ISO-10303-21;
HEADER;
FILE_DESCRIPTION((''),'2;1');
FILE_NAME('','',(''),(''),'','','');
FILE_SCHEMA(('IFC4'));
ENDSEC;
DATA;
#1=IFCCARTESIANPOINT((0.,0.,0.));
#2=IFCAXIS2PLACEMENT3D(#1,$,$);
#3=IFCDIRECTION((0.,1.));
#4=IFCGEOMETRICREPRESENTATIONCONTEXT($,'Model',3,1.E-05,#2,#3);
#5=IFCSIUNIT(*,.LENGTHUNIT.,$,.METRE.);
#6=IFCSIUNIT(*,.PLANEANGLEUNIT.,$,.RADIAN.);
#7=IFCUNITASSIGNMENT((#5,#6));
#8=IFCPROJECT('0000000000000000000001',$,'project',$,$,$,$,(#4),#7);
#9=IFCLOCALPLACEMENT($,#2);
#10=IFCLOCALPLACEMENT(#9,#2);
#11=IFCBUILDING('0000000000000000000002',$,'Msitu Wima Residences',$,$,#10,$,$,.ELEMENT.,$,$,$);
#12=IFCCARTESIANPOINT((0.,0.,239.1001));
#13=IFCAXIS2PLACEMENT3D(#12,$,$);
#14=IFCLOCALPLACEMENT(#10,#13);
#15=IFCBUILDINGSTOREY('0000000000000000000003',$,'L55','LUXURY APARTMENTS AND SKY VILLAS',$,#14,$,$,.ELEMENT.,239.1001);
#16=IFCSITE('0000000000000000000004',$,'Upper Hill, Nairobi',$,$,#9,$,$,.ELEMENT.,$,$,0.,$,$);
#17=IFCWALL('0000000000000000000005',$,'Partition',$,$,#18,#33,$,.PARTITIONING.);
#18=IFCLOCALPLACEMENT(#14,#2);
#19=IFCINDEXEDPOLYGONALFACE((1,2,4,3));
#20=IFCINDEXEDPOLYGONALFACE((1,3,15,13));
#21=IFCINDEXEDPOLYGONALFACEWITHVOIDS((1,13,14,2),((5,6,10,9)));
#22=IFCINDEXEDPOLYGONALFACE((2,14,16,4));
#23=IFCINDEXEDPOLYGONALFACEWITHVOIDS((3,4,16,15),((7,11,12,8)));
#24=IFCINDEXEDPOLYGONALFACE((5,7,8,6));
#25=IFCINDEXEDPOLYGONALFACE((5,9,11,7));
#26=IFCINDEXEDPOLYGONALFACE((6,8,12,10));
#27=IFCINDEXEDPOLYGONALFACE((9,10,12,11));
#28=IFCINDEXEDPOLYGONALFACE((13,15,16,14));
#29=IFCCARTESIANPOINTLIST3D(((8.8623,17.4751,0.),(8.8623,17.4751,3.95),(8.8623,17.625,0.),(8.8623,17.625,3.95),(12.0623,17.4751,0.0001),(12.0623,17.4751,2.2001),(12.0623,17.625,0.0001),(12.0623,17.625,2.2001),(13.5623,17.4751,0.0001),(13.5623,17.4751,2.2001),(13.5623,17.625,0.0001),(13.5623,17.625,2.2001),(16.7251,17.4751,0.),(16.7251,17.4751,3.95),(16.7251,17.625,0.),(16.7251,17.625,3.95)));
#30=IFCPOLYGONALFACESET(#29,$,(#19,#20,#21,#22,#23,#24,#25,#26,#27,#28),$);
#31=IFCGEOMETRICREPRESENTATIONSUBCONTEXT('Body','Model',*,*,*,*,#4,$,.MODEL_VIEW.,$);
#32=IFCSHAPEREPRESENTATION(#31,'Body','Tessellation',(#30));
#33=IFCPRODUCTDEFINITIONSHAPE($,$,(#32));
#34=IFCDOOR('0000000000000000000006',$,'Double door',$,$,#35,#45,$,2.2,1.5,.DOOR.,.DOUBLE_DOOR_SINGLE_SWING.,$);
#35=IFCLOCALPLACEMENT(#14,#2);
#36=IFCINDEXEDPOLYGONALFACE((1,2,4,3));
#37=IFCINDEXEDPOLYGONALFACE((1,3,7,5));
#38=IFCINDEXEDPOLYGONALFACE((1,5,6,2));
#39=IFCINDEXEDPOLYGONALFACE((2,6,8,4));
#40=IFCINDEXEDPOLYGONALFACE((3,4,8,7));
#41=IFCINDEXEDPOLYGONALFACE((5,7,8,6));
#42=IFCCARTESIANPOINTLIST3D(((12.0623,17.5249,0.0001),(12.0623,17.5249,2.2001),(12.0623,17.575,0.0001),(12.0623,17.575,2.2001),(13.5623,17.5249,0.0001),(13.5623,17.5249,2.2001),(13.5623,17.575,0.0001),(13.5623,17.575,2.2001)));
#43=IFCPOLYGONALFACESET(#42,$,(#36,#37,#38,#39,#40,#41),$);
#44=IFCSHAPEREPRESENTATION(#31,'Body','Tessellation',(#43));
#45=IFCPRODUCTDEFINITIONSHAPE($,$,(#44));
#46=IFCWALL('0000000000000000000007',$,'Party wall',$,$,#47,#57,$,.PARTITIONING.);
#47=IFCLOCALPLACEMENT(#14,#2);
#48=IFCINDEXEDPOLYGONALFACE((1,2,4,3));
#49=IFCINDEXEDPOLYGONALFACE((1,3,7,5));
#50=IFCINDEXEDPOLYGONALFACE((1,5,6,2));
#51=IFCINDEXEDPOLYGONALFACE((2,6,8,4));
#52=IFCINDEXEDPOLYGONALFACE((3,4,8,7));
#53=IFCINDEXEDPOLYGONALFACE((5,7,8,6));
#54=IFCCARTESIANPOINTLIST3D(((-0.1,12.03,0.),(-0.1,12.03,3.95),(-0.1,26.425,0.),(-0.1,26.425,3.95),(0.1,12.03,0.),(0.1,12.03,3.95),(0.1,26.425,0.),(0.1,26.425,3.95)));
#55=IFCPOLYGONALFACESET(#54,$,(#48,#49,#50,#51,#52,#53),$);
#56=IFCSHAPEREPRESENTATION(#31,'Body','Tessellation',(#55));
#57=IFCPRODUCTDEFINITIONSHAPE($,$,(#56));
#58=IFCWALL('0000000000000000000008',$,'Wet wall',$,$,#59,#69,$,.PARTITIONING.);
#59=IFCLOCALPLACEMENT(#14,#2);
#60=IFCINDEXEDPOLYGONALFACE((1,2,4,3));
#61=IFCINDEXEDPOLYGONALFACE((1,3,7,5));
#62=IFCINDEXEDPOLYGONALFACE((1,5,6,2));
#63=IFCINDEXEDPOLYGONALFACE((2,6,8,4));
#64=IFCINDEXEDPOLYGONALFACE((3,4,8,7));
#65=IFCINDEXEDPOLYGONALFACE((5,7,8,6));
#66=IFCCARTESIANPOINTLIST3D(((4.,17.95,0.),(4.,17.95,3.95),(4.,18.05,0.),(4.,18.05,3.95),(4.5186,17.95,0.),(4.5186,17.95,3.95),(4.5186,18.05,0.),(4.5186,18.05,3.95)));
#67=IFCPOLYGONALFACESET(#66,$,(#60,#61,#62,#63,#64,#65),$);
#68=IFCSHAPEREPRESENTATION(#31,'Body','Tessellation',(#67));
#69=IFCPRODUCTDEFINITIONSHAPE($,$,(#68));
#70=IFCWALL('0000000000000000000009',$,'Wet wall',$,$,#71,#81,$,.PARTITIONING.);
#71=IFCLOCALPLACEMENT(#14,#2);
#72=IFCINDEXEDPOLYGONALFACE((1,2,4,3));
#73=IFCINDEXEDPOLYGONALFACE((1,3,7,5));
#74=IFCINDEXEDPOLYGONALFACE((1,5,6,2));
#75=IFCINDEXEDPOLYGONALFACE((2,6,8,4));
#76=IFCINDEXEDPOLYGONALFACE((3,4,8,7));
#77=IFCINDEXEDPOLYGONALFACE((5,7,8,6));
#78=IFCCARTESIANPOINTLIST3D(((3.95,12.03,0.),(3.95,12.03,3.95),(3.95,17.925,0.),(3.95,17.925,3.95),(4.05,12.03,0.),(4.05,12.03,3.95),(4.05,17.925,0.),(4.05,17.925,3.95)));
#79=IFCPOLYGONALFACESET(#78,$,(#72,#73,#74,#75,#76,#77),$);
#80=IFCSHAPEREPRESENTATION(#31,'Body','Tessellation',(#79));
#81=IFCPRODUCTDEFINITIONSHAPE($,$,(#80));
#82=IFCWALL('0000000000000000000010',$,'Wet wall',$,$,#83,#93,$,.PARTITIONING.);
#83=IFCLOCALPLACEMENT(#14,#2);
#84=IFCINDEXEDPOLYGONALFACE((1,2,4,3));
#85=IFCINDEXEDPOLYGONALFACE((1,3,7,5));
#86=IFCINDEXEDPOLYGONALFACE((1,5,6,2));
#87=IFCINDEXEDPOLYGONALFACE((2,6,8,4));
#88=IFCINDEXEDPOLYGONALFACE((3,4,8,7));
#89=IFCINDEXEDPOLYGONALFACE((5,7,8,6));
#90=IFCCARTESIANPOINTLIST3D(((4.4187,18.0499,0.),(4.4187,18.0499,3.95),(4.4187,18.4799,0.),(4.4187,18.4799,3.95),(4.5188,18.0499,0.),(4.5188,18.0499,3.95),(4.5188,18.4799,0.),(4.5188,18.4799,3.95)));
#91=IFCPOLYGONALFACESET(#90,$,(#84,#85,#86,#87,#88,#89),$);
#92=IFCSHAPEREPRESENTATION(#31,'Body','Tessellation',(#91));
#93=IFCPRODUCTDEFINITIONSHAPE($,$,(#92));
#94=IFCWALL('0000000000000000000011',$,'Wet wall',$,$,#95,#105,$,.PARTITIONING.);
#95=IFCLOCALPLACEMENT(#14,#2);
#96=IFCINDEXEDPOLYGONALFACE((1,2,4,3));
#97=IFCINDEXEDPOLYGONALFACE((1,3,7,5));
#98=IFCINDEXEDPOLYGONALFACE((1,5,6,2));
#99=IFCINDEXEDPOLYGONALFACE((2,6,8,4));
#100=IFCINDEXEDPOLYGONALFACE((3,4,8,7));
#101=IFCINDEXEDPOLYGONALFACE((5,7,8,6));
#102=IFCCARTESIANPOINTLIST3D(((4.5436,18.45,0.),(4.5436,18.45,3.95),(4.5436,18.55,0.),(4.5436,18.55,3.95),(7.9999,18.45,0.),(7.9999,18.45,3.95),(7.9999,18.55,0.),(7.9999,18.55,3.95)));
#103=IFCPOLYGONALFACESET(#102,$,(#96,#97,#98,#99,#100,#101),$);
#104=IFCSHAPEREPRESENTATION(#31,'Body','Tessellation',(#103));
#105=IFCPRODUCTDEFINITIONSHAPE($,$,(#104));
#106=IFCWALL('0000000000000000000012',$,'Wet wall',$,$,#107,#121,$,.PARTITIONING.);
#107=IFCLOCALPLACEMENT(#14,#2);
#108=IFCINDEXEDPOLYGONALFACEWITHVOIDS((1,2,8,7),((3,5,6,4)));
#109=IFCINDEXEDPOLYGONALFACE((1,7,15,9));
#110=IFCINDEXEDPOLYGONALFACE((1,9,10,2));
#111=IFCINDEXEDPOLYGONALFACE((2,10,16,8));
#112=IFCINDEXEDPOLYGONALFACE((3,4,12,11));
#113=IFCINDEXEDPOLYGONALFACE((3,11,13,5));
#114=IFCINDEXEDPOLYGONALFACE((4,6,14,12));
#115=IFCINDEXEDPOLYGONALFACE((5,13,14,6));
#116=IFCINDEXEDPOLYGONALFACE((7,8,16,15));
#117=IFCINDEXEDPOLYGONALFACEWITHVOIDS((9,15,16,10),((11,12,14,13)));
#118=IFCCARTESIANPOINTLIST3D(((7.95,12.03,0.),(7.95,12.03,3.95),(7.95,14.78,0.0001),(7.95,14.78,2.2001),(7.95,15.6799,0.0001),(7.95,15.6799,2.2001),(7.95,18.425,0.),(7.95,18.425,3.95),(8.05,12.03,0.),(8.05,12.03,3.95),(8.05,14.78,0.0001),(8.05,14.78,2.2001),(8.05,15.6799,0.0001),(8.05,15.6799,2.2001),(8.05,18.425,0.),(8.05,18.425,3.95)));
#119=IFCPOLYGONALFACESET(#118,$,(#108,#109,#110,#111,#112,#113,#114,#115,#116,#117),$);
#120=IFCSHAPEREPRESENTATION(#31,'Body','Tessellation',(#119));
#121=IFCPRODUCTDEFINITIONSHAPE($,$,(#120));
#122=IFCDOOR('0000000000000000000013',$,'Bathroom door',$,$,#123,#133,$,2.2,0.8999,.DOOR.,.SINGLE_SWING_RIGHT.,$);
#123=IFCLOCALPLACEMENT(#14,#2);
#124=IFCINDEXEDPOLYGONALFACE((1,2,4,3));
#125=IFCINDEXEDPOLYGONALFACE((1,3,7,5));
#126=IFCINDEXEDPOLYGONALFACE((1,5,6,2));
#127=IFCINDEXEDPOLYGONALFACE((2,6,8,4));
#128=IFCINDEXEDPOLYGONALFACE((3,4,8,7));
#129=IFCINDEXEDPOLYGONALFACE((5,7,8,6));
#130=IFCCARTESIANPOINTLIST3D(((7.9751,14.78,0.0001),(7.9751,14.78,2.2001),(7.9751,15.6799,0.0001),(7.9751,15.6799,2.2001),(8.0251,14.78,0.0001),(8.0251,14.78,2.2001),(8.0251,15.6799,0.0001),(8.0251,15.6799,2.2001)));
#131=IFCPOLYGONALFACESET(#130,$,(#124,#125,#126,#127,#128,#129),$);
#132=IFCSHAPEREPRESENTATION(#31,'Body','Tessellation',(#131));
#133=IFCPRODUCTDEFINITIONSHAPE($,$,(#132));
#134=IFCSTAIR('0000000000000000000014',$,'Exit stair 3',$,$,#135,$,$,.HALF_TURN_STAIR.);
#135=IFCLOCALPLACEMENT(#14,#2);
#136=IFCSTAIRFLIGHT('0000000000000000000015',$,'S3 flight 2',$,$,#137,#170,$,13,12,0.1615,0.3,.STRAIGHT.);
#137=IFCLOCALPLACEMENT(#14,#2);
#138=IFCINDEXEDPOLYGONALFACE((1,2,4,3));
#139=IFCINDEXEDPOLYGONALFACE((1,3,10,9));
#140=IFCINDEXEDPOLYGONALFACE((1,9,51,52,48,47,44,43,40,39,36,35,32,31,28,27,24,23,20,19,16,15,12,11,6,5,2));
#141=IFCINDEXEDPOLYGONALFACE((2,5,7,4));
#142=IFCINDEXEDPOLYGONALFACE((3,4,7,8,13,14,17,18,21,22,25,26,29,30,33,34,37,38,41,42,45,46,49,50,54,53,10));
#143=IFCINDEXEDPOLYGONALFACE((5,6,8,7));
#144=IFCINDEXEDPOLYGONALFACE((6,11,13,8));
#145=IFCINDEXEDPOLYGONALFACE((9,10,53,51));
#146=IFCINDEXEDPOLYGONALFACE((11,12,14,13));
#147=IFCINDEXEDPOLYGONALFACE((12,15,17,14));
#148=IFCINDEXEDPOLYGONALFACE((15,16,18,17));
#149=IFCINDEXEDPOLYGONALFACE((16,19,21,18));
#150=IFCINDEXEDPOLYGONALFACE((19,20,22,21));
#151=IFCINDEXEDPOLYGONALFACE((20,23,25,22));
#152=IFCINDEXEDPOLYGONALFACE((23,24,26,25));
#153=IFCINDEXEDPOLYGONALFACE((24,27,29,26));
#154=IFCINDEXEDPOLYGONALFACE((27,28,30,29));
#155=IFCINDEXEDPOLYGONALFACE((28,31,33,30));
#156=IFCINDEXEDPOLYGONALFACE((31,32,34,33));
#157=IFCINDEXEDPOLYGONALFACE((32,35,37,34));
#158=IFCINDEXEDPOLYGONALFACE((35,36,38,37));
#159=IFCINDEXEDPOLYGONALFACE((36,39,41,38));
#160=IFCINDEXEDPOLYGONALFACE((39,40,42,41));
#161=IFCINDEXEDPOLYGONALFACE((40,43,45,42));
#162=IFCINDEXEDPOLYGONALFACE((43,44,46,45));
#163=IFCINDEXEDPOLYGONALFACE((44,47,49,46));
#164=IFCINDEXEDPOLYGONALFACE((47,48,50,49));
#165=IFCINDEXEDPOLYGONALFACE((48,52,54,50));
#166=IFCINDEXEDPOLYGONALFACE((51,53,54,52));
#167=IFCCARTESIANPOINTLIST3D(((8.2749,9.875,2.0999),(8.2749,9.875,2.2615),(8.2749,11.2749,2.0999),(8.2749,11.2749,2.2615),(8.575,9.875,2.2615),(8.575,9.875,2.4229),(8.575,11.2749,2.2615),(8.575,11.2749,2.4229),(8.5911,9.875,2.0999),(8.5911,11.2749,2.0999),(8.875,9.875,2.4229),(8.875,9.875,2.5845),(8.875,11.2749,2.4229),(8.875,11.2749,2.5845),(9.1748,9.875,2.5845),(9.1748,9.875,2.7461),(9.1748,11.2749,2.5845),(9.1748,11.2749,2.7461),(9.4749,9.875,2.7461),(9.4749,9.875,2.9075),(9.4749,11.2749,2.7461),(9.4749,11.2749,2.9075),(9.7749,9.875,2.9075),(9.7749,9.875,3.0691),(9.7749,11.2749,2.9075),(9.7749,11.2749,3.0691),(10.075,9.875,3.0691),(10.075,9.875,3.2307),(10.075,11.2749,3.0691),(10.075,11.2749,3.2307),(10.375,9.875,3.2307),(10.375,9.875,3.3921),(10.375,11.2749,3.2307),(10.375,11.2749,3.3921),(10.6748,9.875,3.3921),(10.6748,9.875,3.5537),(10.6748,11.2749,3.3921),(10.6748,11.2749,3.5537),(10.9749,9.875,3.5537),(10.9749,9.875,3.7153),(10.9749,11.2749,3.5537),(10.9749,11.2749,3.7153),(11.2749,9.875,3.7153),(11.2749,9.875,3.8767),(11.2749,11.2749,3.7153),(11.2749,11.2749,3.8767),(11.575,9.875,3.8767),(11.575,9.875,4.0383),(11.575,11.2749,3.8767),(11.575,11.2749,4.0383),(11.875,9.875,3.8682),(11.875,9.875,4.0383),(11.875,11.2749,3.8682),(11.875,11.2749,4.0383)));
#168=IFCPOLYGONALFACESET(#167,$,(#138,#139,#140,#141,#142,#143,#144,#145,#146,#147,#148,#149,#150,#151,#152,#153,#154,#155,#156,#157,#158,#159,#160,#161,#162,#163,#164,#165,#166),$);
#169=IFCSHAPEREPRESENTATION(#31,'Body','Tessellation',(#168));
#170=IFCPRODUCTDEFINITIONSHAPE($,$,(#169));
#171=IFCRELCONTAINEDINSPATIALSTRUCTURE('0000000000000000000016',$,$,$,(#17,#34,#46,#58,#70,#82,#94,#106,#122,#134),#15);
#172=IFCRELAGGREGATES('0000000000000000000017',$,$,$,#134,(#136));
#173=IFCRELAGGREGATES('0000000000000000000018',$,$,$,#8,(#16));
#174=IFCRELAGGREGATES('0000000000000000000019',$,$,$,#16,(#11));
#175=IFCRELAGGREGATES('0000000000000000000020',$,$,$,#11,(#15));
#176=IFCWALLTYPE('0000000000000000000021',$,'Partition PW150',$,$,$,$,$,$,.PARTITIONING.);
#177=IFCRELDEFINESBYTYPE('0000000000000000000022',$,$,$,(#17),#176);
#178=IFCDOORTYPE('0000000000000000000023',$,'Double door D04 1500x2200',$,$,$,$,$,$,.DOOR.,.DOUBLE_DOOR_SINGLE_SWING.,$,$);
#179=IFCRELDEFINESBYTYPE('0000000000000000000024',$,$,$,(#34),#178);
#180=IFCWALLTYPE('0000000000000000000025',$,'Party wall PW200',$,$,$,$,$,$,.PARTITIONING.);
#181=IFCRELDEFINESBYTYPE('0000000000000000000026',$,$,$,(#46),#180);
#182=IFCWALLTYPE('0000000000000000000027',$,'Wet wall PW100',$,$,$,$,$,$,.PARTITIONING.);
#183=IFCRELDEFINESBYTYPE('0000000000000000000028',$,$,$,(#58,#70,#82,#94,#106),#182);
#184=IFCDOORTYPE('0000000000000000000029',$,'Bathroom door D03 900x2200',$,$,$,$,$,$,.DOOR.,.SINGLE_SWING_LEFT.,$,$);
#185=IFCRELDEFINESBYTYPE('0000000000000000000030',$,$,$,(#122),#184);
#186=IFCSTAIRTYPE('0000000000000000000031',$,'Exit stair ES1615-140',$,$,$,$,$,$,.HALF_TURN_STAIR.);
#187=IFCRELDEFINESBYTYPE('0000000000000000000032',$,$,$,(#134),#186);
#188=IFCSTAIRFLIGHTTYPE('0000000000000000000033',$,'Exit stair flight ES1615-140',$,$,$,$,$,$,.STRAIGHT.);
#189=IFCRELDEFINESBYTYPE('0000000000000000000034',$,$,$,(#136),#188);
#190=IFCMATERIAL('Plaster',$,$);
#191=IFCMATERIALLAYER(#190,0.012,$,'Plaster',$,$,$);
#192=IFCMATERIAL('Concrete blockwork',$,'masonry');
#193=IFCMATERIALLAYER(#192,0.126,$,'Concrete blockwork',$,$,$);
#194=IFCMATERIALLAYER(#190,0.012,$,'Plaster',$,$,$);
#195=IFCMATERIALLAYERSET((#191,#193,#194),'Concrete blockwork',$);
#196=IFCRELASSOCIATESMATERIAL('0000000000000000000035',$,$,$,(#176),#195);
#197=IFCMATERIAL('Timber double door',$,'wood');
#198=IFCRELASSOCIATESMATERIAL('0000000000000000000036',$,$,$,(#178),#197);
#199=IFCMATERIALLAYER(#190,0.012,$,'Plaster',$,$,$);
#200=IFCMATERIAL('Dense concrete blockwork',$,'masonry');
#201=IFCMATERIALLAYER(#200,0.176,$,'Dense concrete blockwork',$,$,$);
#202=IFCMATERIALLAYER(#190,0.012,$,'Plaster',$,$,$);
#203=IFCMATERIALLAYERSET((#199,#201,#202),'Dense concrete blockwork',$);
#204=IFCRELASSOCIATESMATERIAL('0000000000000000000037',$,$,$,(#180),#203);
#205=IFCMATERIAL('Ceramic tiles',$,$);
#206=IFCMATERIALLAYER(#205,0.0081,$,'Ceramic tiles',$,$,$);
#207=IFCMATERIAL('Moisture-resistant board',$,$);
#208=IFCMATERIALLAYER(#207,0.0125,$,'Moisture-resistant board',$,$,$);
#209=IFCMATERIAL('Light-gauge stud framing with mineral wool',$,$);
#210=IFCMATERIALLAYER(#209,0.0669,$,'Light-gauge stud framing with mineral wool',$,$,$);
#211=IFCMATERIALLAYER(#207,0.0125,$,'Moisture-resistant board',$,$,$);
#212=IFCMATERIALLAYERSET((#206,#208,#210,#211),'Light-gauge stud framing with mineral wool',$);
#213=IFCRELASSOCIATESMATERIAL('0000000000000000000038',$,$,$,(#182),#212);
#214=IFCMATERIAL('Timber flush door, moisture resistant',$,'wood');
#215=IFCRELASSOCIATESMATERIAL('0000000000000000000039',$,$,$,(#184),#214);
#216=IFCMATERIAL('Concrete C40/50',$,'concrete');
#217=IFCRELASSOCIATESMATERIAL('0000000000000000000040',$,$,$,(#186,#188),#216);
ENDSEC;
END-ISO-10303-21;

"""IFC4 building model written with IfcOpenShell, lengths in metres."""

from ifc_helpers import new_model, si_unit, direction, frame, frame_2d, origin, place, context, subcontext, project, spatial, polyline, rectangle, outline, extrude, material, layer, layer_set, type_object, element, fill, aggregate, save


model = new_model("IFC4")

# Units and contexts
model_context = context("Model", 3, precision=1e-05, world=origin(), true_north=direction((0.0, 1.0)))
body_context = subcontext(model_context, "Body", "Model", "MODEL_VIEW")
ifc_project = project(units=[si_unit("LENGTHUNIT", "METRE"), si_unit("PLANEANGLEUNIT", "RADIAN")], contexts=[model_context])

# Site, building, storey
site_placement = place(None, origin())
site = spatial("IfcSite", under=ifc_project, at=site_placement, Name="Upper Hill, Nairobi", CompositionType="ELEMENT", RefElevation=0.0)
building_placement = place(site_placement, origin())
building = spatial("IfcBuilding", under=site, at=building_placement, Name="Msitu Wima Residences", CompositionType="ELEMENT")
storey_placement = place(building_placement, frame((0.0, 0.0, 239.1001)))
storey = spatial("IfcBuildingStorey", under=building, at=storey_placement, Name="L55", Description="LUXURY APARTMENTS AND SKY VILLAS", CompositionType="ELEMENT", Elevation=239.1001)

# Shared definitions
ifc_material_1 = material(Name="Concrete C40/50", Category="concrete")

# Shared definitions
ifc_material_2 = material(Name="Plaster")
ifc_layer_1 = layer(ifc_material_2, 0.012, Name="Plaster")
ifc_material_3 = material(Name="Concrete blockwork", Category="masonry")
ifc_layer_2 = layer(ifc_material_3, 0.126, Name="Concrete blockwork")
ifc_layer_3 = layer(ifc_material_2, 0.012, Name="Plaster")
ifc_layer_set_1 = layer_set([ifc_layer_1, ifc_layer_2, ifc_layer_3], Name="Concrete blockwork")
wall_type_1 = type_object("IfcWallType", Name="Partition PW150", PredefinedType="PARTITIONING", material=ifc_layer_set_1)

# Wall, opening, door
ifc_material_4 = material(Name="Timber double door", Category="wood")
door_type_1 = type_object("IfcDoorType", Name="Double door D04 1500x2200", OperationType="DOUBLE_DOOR_SINGLE_SWING", PredefinedType="DOOR", material=ifc_material_4)
wall_1_placement = place(storey_placement, frame((8.8623, 17.55, 0.0), z_axis=(0.0, 0.0, 1.0), x_axis=(1.0, 0.0, 0.0)))
wall_1 = element("IfcWall", 1, at=wall_1_placement, inside=storey, type_object=wall_type_1, Name="Partition", PredefinedType="PARTITIONING", context=body_context, shape_type="SweptSolid", body=[
    extrude(rectangle(XDim=7.8628, YDim=0.1499, at=frame_2d((3.9314, 0.0))), origin(), (0.0, 0.0, 1.0), 3.95),
])
opening_1_placement = place(wall_1_placement, frame((3.2, 0.0, 0.0)))
opening_1 = element("IfcOpeningElement", 2, at=opening_1_placement, cuts=wall_1, PredefinedType="OPENING", context=body_context, shape_type="SweptSolid", body=[
    extrude(rectangle(XDim=1.5, YDim=2.2, at=frame_2d((0.75, 1.1001))), frame((0.0, 0.085, 0.0), z_axis=(0.0, -1.0, 0.0), x_axis=(1.0, 0.0, 0.0)), (0.0, 0.0, 1.0), 0.1699),
])
door_1_placement = place(opening_1_placement, origin())
door_1 = element("IfcDoor", 3, at=door_1_placement, inside=storey, type_object=door_type_1, Name="Double door", OperationType="DOUBLE_DOOR_SINGLE_SWING", OverallHeight=2.2, OverallWidth=1.5, PredefinedType="DOOR", context=body_context, shape_type="SweptSolid", body=[
    extrude(rectangle(XDim=1.5, YDim=2.2, at=frame_2d((0.75, 1.1001))), frame((0.0, 0.0249, 0.0), z_axis=(0.0, -1.0, 0.0), x_axis=(1.0, 0.0, 0.0)), (0.0, 0.0, 1.0), 0.05),
])
fill(opening_1, door_1)

# Walls
ifc_layer_4 = layer(ifc_material_2, 0.012, Name="Plaster")
ifc_material_5 = material(Name="Dense concrete blockwork", Category="masonry")
ifc_layer_5 = layer(ifc_material_5, 0.176, Name="Dense concrete blockwork")
ifc_layer_6 = layer(ifc_material_2, 0.012, Name="Plaster")
ifc_layer_set_2 = layer_set([ifc_layer_4, ifc_layer_5, ifc_layer_6], Name="Dense concrete blockwork")
wall_type_2 = type_object("IfcWallType", Name="Party wall PW200", PredefinedType="PARTITIONING", material=ifc_layer_set_2)
wall_2_placement = place(storey_placement, frame((0.0, 12.03, 0.0), z_axis=(0.0, 0.0, 1.0), x_axis=(0.0, 1.0, 0.0)))
element("IfcWall", 4, at=wall_2_placement, inside=storey, type_object=wall_type_2, Name="Party wall", PredefinedType="PARTITIONING", context=body_context, shape_type="SweptSolid", body=[
    extrude(rectangle(XDim=14.395, YDim=0.2, at=frame_2d((7.1975, 0.0))), origin(), (0.0, 0.0, 1.0), 3.95),
])
ifc_material_6 = material(Name="Ceramic tiles")
ifc_layer_7 = layer(ifc_material_6, 0.0081, Name="Ceramic tiles")
ifc_material_7 = material(Name="Moisture-resistant board")
ifc_layer_8 = layer(ifc_material_7, 0.0125, Name="Moisture-resistant board")
ifc_material_8 = material(Name="Light-gauge stud framing with mineral wool")
ifc_layer_9 = layer(ifc_material_8, 0.0669, Name="Light-gauge stud framing with mineral wool")
ifc_layer_10 = layer(ifc_material_7, 0.0125, Name="Moisture-resistant board")
ifc_layer_set_3 = layer_set([ifc_layer_7, ifc_layer_8, ifc_layer_9, ifc_layer_10], Name="Light-gauge stud framing with mineral wool")
wall_type_3 = type_object("IfcWallType", Name="Wet wall PW100", PredefinedType="PARTITIONING", material=ifc_layer_set_3)
wall_3_placement = place(storey_placement, frame((4.0, 18.0, 0.0), z_axis=(0.0, 0.0, 1.0), x_axis=(1.0, 0.0, 0.0)))
element("IfcWall", 5, at=wall_3_placement, inside=storey, type_object=wall_type_3, Name="Wet wall", PredefinedType="PARTITIONING", context=body_context, shape_type="SweptSolid", body=[
    extrude(rectangle(XDim=0.5186, YDim=0.1001, at=frame_2d((0.2593, 0.0))), origin(), (0.0, 0.0, 1.0), 3.95),
])
wall_4_placement = place(storey_placement, frame((4.0, 12.03, 0.0), z_axis=(0.0, 0.0, 1.0), x_axis=(0.0, 1.0, 0.0)))
element("IfcWall", 6, at=wall_4_placement, inside=storey, type_object=wall_type_3, Name="Wet wall", PredefinedType="PARTITIONING", context=body_context, shape_type="SweptSolid", body=[
    extrude(rectangle(XDim=5.895, YDim=0.1001, at=frame_2d((2.9475, 0.0))), origin(), (0.0, 0.0, 1.0), 3.95),
])
wall_5_placement = place(storey_placement, frame((4.4688, 18.05, 0.0), z_axis=(0.0, 0.0, 1.0), x_axis=(0.0, 1.0, 0.0)))
element("IfcWall", 7, at=wall_5_placement, inside=storey, type_object=wall_type_3, Name="Wet wall", PredefinedType="PARTITIONING", context=body_context, shape_type="SweptSolid", body=[
    extrude(rectangle(XDim=0.4299, YDim=0.1001, at=frame_2d((0.2148, 0.0))), origin(), (0.0, 0.0, 1.0), 3.95),
])
wall_6_placement = place(storey_placement, frame((4.5437, 18.5, 0.0), z_axis=(0.0, 0.0, 1.0), x_axis=(1.0, 0.0, 0.0)))
element("IfcWall", 8, at=wall_6_placement, inside=storey, type_object=wall_type_3, Name="Wet wall", PredefinedType="PARTITIONING", context=body_context, shape_type="SweptSolid", body=[
    extrude(rectangle(XDim=3.4563, YDim=0.1001, at=frame_2d((1.728, 0.0))), origin(), (0.0, 0.0, 1.0), 3.95),
])

# Wall, opening, door
wall_7_placement = place(storey_placement, frame((8.0, 12.03, 0.0), z_axis=(0.0, 0.0, 1.0), x_axis=(0.0, 1.0, 0.0)))
wall_7 = element("IfcWall", 9, at=wall_7_placement, inside=storey, type_object=wall_type_3, Name="Wet wall", PredefinedType="PARTITIONING", context=body_context, shape_type="SweptSolid", body=[
    extrude(rectangle(XDim=6.395, YDim=0.1001, at=frame_2d((3.1975, 0.0))), origin(), (0.0, 0.0, 1.0), 3.95),
])
opening_2_placement = place(wall_7_placement, frame((2.75, 0.0, 0.0)))
opening_2 = element("IfcOpeningElement", 10, at=opening_2_placement, cuts=wall_7, PredefinedType="OPENING", context=body_context, shape_type="SweptSolid", body=[
    extrude(rectangle(XDim=0.8999, YDim=2.2, at=frame_2d((0.45, 1.1001))), frame((0.0, 0.0601, 0.0), z_axis=(0.0, -1.0, 0.0), x_axis=(1.0, 0.0, 0.0)), (0.0, 0.0, 1.0), 0.1201),
])
ifc_material_9 = material(Name="Timber flush door, moisture resistant", Category="wood")
door_type_2 = type_object("IfcDoorType", Name="Bathroom door D03 900x2200", OperationType="SINGLE_SWING_LEFT", PredefinedType="DOOR", material=ifc_material_9)
door_2_placement = place(opening_2_placement, origin())
door_2 = element("IfcDoor", 11, at=door_2_placement, inside=storey, type_object=door_type_2, Name="Bathroom door", OperationType="SINGLE_SWING_RIGHT", OverallHeight=2.2, OverallWidth=0.8999, PredefinedType="DOOR", context=body_context, shape_type="SweptSolid", body=[
    extrude(rectangle(XDim=0.8999, YDim=2.2, at=frame_2d((0.45, 1.1001))), frame((0.0, 0.0249, 0.0), z_axis=(0.0, -1.0, 0.0), x_axis=(1.0, 0.0, 0.0)), (0.0, 0.0, 1.0), 0.05),
])
fill(opening_2, door_2)

# Stair, stair flight
stair_type = type_object("IfcStairType", Name="Exit stair ES1615-140", PredefinedType="HALF_TURN_STAIR", material=ifc_material_1)
stair_placement = place(storey_placement, origin())
stair = element("IfcStair", 12, at=stair_placement, inside=storey, type_object=stair_type, Name="Exit stair 3", PredefinedType="HALF_TURN_STAIR")
stair_flight_type = type_object("IfcStairFlightType", Name="Exit stair flight ES1615-140", PredefinedType="STRAIGHT", material=ifc_material_1)
stair_flight_placement = place(storey_placement, frame((8.2749, 10.575, 2.0999), z_axis=(0.0, 0.0, 1.0), x_axis=(1.0, 0.0, 0.0)))
stair_flight = element("IfcStairFlight", 13, at=stair_flight_placement, type_object=stair_flight_type, Name="S3 flight 2", NumberOfRisers=13, NumberOfTreads=12, PredefinedType="STRAIGHT", RiserHeight=0.1615, TreadLength=0.3, context=body_context, shape_type="SweptSolid", body=[
    extrude(outline(polyline([(0.0, 0.0), (0.0, 0.1616), (0.3, 0.1616), (0.3, 0.323), (0.6001, 0.323), (0.6001, 0.4846), (0.8999, 0.4846), (0.8999, 0.6462), (1.2, 0.6462), (1.2, 0.8076), (1.5, 0.8076), (1.5, 0.9692), (1.8, 0.9692), (1.8, 1.1309), (2.1001, 1.1309), (2.1001, 1.2922), (2.3999, 1.2922), (2.3999, 1.4539), (2.7, 1.4539), (2.7, 1.6155), (3.0, 1.6155), (3.0, 1.7769), (3.3, 1.7769), (3.3, 1.9385), (3.6001, 1.9385), (3.6001, 2.1001), (3.6001, 1.7683), (0.3162, 0.0), (0.0, 0.0)])), frame((0.0, 0.7, 0.0), z_axis=(0.0, -1.0, 0.0), x_axis=(1.0, 0.0, 0.0)), (0.0, 0.0, 1.0), 1.3999),
])
aggregate(stair, [stair_flight])

save(model, "model.ifc")
